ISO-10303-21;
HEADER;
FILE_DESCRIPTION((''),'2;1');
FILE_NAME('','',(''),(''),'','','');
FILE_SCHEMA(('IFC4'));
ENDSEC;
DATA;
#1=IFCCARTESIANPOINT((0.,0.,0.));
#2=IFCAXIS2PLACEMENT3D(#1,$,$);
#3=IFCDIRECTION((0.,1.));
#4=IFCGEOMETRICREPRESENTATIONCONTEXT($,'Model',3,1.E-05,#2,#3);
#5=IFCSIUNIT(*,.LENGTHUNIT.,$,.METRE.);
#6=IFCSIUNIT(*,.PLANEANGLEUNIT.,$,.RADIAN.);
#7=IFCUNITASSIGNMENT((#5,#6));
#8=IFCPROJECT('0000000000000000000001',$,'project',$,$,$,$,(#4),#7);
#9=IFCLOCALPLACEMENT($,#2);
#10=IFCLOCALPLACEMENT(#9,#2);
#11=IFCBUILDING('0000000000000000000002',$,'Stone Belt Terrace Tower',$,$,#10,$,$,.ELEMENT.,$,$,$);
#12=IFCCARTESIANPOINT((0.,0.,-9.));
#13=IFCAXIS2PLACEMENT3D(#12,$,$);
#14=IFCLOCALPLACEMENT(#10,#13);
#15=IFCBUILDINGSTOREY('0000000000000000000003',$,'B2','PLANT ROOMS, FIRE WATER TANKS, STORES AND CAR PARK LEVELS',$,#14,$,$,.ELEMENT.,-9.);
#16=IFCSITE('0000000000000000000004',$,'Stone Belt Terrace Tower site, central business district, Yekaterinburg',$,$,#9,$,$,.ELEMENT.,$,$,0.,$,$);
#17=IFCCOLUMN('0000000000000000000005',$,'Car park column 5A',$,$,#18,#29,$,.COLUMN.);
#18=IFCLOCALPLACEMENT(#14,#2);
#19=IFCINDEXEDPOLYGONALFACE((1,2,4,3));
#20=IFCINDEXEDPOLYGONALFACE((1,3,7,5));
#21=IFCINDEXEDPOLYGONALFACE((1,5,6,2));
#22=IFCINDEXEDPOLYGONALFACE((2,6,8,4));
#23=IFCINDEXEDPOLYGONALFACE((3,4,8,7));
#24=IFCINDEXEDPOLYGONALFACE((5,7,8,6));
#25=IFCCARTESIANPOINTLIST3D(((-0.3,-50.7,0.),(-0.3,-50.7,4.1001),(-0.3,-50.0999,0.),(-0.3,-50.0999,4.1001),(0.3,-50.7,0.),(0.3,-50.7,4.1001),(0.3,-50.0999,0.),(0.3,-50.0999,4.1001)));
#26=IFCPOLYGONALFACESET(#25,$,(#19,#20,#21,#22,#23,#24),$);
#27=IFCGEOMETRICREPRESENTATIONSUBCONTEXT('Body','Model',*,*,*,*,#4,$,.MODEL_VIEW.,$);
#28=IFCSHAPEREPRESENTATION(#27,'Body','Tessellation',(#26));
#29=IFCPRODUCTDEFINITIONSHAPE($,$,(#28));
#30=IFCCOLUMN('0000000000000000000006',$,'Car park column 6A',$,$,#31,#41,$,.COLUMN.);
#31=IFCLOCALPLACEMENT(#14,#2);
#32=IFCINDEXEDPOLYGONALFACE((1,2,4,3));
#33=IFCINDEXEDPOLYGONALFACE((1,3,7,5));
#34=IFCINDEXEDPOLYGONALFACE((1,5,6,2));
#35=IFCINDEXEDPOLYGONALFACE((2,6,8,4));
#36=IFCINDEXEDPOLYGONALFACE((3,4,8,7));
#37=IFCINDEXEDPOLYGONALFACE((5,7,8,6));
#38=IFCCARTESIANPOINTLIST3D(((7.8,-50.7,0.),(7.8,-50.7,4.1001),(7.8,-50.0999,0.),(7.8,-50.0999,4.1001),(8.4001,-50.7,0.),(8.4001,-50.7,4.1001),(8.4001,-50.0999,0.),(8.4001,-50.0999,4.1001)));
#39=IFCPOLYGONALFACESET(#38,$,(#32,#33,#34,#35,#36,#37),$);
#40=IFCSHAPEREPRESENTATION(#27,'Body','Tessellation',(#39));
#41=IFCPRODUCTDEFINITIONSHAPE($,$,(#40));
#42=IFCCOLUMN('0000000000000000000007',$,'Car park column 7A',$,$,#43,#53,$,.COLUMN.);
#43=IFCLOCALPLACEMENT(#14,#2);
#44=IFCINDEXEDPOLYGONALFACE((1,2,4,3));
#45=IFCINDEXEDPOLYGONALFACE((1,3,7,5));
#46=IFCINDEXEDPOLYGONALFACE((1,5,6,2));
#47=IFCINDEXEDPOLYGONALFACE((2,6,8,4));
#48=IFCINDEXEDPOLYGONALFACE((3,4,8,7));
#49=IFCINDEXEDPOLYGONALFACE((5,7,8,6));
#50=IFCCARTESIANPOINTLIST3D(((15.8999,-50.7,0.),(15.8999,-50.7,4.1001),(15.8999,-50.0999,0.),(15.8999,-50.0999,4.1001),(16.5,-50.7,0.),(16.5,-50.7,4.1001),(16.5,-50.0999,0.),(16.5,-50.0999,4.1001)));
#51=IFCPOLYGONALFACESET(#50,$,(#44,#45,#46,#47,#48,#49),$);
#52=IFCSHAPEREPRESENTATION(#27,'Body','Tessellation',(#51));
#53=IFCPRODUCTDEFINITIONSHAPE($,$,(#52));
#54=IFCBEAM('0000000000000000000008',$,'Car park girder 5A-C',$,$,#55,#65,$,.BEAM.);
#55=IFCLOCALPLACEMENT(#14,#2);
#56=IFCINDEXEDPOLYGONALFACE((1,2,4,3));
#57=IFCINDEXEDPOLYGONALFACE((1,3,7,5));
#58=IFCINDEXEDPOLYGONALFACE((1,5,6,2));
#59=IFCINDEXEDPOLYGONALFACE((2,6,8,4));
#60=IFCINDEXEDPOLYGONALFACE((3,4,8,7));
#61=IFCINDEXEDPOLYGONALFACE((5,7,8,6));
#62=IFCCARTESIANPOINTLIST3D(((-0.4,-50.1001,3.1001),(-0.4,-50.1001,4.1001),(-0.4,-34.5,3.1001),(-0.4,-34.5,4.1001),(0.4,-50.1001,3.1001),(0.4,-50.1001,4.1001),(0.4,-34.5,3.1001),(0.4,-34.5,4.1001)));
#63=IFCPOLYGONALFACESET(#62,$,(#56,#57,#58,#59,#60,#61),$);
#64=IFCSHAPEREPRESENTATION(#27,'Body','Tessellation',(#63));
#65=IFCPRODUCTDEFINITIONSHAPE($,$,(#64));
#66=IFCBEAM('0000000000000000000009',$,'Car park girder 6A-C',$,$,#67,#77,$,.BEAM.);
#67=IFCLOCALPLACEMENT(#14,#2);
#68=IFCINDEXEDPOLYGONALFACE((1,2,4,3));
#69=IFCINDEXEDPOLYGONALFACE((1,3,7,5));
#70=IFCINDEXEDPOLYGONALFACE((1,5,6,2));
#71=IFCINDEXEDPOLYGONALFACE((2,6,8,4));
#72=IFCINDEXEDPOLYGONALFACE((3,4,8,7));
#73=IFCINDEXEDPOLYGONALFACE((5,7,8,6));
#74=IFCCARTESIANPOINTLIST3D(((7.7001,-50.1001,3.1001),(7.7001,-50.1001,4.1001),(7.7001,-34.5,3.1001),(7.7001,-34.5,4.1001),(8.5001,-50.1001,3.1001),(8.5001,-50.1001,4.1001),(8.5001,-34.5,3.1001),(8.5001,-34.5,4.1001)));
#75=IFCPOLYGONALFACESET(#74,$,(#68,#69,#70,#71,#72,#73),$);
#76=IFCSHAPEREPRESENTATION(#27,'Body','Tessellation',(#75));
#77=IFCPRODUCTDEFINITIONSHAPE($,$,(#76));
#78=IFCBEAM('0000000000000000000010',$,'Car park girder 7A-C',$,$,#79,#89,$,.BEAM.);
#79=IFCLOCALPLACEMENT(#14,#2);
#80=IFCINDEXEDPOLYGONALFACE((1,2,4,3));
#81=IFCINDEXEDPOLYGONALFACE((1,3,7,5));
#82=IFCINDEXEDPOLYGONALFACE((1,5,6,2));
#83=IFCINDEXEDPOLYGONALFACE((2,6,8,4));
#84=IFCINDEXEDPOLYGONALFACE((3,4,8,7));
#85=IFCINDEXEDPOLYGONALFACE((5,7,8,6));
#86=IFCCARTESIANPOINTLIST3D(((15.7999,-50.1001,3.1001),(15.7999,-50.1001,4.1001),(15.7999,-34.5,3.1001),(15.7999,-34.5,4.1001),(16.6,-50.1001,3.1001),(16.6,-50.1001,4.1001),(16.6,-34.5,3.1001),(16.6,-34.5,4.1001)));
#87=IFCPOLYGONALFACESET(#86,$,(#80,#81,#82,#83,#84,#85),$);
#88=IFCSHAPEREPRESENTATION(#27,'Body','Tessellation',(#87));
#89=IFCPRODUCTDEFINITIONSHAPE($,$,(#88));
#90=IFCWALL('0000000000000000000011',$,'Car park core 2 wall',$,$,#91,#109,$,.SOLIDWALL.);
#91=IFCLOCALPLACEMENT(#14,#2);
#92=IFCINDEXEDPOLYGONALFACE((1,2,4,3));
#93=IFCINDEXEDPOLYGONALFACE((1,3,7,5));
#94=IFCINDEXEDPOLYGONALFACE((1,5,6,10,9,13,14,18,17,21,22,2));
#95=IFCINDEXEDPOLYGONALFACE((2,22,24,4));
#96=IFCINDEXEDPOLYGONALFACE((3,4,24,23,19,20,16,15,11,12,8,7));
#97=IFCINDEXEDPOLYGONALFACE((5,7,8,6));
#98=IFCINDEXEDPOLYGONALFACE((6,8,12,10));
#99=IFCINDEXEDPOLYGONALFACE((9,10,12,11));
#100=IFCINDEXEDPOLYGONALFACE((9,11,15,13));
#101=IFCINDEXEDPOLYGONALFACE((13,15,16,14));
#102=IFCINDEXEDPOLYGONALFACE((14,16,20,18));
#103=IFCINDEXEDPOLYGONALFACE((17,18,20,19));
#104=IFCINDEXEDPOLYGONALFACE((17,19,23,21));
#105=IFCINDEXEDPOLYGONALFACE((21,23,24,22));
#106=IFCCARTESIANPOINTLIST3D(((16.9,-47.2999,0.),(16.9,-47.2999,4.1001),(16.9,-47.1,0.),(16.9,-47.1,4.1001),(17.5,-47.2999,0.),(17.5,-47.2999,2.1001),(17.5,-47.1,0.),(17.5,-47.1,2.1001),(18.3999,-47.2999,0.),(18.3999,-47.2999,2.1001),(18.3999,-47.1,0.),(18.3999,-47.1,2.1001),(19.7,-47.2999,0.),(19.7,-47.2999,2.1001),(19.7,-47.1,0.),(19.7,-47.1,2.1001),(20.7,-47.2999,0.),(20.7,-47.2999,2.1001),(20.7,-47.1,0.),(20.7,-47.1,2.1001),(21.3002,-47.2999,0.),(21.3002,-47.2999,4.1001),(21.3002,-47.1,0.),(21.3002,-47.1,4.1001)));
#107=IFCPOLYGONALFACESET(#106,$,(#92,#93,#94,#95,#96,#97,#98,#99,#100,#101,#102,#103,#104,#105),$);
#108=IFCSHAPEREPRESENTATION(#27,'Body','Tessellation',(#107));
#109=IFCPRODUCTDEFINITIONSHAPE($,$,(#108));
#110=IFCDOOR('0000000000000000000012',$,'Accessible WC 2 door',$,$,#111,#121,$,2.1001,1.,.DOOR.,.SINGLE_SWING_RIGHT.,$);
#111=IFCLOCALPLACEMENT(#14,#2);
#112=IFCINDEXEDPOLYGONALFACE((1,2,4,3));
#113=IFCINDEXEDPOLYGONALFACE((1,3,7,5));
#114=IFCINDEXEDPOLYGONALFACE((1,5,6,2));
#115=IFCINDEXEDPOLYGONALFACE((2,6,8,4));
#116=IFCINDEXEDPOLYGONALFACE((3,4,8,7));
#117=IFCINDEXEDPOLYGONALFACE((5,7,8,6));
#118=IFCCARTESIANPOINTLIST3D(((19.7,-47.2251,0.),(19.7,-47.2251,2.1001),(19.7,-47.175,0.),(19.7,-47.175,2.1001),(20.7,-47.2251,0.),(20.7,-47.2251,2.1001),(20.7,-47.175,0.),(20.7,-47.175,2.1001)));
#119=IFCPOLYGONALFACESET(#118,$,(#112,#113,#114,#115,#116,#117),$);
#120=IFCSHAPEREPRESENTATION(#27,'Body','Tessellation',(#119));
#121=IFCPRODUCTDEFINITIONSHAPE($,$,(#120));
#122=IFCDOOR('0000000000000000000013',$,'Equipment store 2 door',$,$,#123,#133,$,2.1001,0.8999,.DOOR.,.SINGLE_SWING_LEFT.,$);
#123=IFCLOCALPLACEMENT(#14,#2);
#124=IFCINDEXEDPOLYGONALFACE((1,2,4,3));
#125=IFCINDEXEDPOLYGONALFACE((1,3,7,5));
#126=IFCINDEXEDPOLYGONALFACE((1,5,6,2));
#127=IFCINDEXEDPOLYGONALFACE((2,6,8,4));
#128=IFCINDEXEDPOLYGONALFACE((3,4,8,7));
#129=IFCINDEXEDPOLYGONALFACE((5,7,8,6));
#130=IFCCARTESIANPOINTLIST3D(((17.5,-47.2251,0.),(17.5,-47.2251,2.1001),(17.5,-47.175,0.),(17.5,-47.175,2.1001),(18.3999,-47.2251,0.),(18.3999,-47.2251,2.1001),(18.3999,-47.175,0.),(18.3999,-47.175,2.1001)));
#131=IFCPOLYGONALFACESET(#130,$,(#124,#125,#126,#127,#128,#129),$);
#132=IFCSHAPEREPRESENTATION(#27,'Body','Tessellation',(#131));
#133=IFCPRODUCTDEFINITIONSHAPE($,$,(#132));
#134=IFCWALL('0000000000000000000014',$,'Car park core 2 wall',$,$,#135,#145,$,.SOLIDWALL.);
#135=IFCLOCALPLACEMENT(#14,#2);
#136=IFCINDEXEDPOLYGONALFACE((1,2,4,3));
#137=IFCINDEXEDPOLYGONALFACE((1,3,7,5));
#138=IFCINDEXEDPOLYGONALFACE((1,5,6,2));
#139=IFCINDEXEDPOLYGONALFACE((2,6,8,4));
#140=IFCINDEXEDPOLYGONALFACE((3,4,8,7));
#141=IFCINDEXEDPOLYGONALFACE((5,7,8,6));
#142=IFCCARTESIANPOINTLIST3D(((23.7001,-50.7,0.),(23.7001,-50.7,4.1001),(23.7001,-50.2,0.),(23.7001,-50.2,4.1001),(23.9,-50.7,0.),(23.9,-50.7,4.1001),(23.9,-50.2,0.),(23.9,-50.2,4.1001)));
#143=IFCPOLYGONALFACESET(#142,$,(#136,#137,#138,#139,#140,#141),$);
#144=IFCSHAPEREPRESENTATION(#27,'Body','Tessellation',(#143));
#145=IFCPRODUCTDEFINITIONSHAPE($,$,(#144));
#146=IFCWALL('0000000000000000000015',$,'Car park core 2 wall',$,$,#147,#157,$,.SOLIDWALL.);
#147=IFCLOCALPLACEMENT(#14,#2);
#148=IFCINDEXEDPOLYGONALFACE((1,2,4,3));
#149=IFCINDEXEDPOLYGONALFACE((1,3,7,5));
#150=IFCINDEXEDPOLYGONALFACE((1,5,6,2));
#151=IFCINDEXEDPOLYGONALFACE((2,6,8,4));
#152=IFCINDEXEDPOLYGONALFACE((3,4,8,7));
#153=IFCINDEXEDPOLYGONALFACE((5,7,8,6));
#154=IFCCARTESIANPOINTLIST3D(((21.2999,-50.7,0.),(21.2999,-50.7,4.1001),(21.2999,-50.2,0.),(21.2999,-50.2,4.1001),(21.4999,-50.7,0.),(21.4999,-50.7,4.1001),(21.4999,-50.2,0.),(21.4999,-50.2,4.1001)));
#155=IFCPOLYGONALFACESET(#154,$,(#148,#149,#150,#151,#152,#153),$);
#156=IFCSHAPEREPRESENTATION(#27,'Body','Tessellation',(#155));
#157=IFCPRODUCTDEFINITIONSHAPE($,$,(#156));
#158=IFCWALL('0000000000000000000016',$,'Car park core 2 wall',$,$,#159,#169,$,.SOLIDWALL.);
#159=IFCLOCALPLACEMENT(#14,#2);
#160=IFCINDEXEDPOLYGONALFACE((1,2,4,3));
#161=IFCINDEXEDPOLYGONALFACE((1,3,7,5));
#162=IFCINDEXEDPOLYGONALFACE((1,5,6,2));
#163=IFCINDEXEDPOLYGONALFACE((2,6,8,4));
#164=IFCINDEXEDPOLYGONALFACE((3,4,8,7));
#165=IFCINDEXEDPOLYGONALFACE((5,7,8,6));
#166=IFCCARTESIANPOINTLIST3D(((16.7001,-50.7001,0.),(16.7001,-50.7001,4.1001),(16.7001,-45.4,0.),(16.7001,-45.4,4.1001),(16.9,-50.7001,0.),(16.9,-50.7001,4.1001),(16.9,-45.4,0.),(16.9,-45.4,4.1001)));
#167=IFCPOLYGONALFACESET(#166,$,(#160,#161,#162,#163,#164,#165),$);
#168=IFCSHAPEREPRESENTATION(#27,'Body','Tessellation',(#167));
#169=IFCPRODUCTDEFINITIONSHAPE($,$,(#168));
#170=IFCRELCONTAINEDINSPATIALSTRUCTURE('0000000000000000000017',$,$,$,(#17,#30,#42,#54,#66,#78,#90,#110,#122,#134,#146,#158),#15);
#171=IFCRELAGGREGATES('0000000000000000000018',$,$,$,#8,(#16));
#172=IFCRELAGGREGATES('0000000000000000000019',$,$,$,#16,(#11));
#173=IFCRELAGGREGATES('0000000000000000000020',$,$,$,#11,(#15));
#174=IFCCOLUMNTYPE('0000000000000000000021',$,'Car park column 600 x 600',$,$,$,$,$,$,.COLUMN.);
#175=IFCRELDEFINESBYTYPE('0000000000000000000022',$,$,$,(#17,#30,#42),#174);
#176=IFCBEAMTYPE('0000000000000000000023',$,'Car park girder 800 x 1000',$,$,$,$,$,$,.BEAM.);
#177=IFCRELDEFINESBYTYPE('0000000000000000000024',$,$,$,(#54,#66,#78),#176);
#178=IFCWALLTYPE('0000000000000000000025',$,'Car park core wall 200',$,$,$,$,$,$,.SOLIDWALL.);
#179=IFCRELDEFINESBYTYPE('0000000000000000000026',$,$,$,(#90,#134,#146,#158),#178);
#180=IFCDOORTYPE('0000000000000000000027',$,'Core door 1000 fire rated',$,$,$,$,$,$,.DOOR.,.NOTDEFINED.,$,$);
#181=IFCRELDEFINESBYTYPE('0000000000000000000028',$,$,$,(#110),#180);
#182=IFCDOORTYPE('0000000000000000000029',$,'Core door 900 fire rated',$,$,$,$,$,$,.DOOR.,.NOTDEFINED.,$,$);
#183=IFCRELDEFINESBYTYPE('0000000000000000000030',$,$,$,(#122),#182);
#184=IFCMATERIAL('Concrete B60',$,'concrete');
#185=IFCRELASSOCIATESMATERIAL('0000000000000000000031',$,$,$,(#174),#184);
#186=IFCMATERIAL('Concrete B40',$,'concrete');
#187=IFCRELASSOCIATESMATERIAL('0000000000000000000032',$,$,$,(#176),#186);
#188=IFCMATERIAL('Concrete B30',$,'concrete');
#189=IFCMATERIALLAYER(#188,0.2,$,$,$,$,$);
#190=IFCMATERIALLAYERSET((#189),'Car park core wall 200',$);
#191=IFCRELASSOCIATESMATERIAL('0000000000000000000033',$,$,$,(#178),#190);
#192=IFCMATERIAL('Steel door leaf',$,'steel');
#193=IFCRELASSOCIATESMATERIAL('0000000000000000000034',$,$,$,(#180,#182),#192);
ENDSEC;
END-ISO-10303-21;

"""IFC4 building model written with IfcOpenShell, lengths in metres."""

from ifc_helpers import new_model, si_unit, direction, frame, frame_2d, origin, origin_2d, place, context, subcontext, project, spatial, rectangle, extrude, material, layer, layer_set, material_profile, profile_set, type_object, element, fill, save


model = new_model("IFC4")

# Units and contexts
model_context = context("Model", 3, precision=1e-05, world=origin(), true_north=direction((0.0, 1.0)))
body_context = subcontext(model_context, "Body", "Model", "MODEL_VIEW")
ifc_project = project(units=[si_unit("LENGTHUNIT", "METRE"), si_unit("PLANEANGLEUNIT", "RADIAN")], contexts=[model_context])

# Site, building, storey
site_placement = place(None, origin())
site = spatial("IfcSite", under=ifc_project, at=site_placement, Name="Stone Belt Terrace Tower site, central business district, Yekaterinburg", CompositionType="ELEMENT", RefElevation=0.0)
building_placement = place(site_placement, origin())
building = spatial("IfcBuilding", under=site, at=building_placement, Name="Stone Belt Terrace Tower", CompositionType="ELEMENT")
storey_placement = place(building_placement, frame((0.0, 0.0, -9.0)))
storey = spatial("IfcBuildingStorey", under=building, at=storey_placement, Name="B2", Description="PLANT ROOMS, FIRE WATER TANKS, STORES AND CAR PARK LEVELS", CompositionType="ELEMENT", Elevation=-9.0)

# Columns
ifc_material_1 = material(Name="Concrete B60", Category="concrete")
ifc_material_profile_1 = material_profile(ifc_material_1, rectangle(XDim=0.6001, YDim=0.6001, at=origin_2d()), Name="Car park column 600 x 600")
ifc_profile_set_1 = profile_set([ifc_material_profile_1], Name="Concrete B60")
column_type = type_object("IfcColumnType", Name="Car park column 600 x 600", PredefinedType="COLUMN", material=ifc_profile_set_1)
for number, where, z_axis, x_axis, name in (
    (1, (0.0, -50.3999, 0.0), (0.0, 0.0, 1.0), (1.0, 0.0, 0.0), "Car park column 5A"),
    (2, (8.1001, -50.3999, 0.0), (0.0, 0.0, 1.0), (1.0, 0.0, 0.0), "Car park column 6A"),
    (3, (16.2, -50.3999, 0.0), (0.0, 0.0, 1.0), (1.0, 0.0, 0.0), "Car park column 7A"),
):
    element("IfcColumn", number, at=place(storey_placement, frame(where, z_axis=z_axis, x_axis=x_axis)), inside=storey, type_object=column_type, Name=name, PredefinedType="COLUMN", context=body_context, shape_type="SweptSolid", body=[
        extrude(rectangle(XDim=0.6001, YDim=0.6001, at=origin_2d()), origin(), (0.0, 0.0, 1.0), 4.1001),
    ])

# Beams
ifc_material_2 = material(Name="Concrete B40", Category="concrete")
ifc_material_profile_2 = material_profile(ifc_material_2, rectangle(XDim=0.8, YDim=1.0, at=origin_2d()), Name="Car park girder 800 x 1000")
ifc_profile_set_2 = profile_set([ifc_material_profile_2], Name="Concrete B40")
beam_type = type_object("IfcBeamType", Name="Car park girder 800 x 1000", PredefinedType="BEAM", material=ifc_profile_set_2)
for number, where, z_axis, x_axis, name in (
    (4, (0.0, -50.1001, 3.6001), (0.0, 1.0, 0.0), (-1.0, 0.0, 0.0), "Car park girder 5A-C"),
    (5, (8.1001, -50.1001, 3.6001), (0.0, 1.0, 0.0), (-1.0, 0.0, 0.0), "Car park girder 6A-C"),
    (6, (16.2, -50.1001, 3.6001), (0.0, 1.0, 0.0), (-1.0, 0.0, 0.0), "Car park girder 7A-C"),
):
    element("IfcBeam", number, at=place(storey_placement, frame(where, z_axis=z_axis, x_axis=x_axis)), inside=storey, type_object=beam_type, Name=name, PredefinedType="BEAM", context=body_context, shape_type="SweptSolid", body=[
        extrude(rectangle(XDim=0.8, YDim=1.0, at=origin_2d()), origin(), (0.0, 0.0, 1.0), 15.6001),
    ])

# Wall, openings, doors
ifc_material_3 = material(Name="Concrete B30", Category="concrete")
ifc_layer_1 = layer(ifc_material_3, 0.2)
ifc_layer_set_1 = layer_set([ifc_layer_1], Name="Car park core wall 200")
wall_type_1 = type_object("IfcWallType", Name="Car park core wall 200", PredefinedType="SOLIDWALL", material=ifc_layer_set_1)
wall_1_placement = place(storey_placement, frame((16.8999, -47.2, 0.0), z_axis=(0.0, 0.0, 1.0), x_axis=(1.0, 0.0, 0.0)))
wall_1 = element("IfcWall", 7, at=wall_1_placement, inside=storey, type_object=wall_type_1, Name="Car park core 2 wall", PredefinedType="SOLIDWALL", context=body_context, shape_type="SweptSolid", body=[
    extrude(rectangle(XDim=4.4001, YDim=0.2, at=frame_2d((2.2002, 0.0))), origin(), (0.0, 0.0, 1.0), 4.1001),
])
opening_1_placement = place(wall_1_placement, frame((2.8, 0.0, 0.0)))
opening_1 = element("IfcOpeningElement", 8, at=opening_1_placement, cuts=wall_1, PredefinedType="OPENING", context=body_context, shape_type="SweptSolid", body=[
    extrude(rectangle(XDim=1.0, YDim=2.1001, at=frame_2d((0.5, 1.05))), frame((0.0, 0.1099, 0.0), z_axis=(0.0, -1.0, 0.0), x_axis=(1.0, 0.0, 0.0)), (0.0, 0.0, 1.0), 0.22),
])
opening_2_placement = place(wall_1_placement, frame((0.6001, 0.0, 0.0)))
opening_2 = element("IfcOpeningElement", 9, at=opening_2_placement, cuts=wall_1, PredefinedType="OPENING", context=body_context, shape_type="SweptSolid", body=[
    extrude(rectangle(XDim=0.8999, YDim=2.1001, at=frame_2d((0.45, 1.05))), frame((0.0, 0.1099, 0.0), z_axis=(0.0, -1.0, 0.0), x_axis=(1.0, 0.0, 0.0)), (0.0, 0.0, 1.0), 0.22),
])
ifc_material_4 = material(Name="Steel door leaf", Category="steel")
door_type_1 = type_object("IfcDoorType", Name="Core door 1000 fire rated", OperationType="NOTDEFINED", PredefinedType="DOOR", material=ifc_material_4)
door_1_placement = place(opening_1_placement, origin())
door_1 = element("IfcDoor", 10, at=door_1_placement, inside=storey, type_object=door_type_1, Name="Accessible WC 2 door", OperationType="SINGLE_SWING_RIGHT", OverallHeight=2.1001, OverallWidth=1.0, PredefinedType="DOOR", context=body_context, shape_type="SweptSolid", body=[
    extrude(rectangle(XDim=1.0, YDim=2.1001, at=frame_2d((0.5, 1.05))), frame((0.0, 0.0249, 0.0), z_axis=(0.0, -1.0, 0.0), x_axis=(1.0, 0.0, 0.0)), (0.0, 0.0, 1.0), 0.05),
])
fill(opening_1, door_1)
door_type_2 = type_object("IfcDoorType", Name="Core door 900 fire rated", OperationType="NOTDEFINED", PredefinedType="DOOR", material=ifc_material_4)
door_2_placement = place(opening_2_placement, origin())
door_2 = element("IfcDoor", 11, at=door_2_placement, inside=storey, type_object=door_type_2, Name="Equipment store 2 door", OperationType="SINGLE_SWING_LEFT", OverallHeight=2.1001, OverallWidth=0.8999, PredefinedType="DOOR", context=body_context, shape_type="SweptSolid", body=[
    extrude(rectangle(XDim=0.8999, YDim=2.1001, at=frame_2d((0.45, 1.05))), frame((0.0, 0.0249, 0.0), z_axis=(0.0, -1.0, 0.0), x_axis=(1.0, 0.0, 0.0)), (0.0, 0.0, 1.0), 0.05),
])
fill(opening_2, door_2)

# Walls
for number, where, z_axis, x_axis, name in (
    (12, (23.8, -50.7, 0.0), (0.0, 0.0, 1.0), (0.0, 1.0, 0.0), "Car park core 2 wall"),
    (13, (21.3999, -50.7, 0.0), (0.0, 0.0, 1.0), (0.0, 1.0, 0.0), "Car park core 2 wall"),
):
    element("IfcWall", number, at=place(storey_placement, frame(where, z_axis=z_axis, x_axis=x_axis)), inside=storey, type_object=wall_type_1, Name=name, PredefinedType="SOLIDWALL", context=body_context, shape_type="SweptSolid", body=[
        extrude(rectangle(XDim=0.5, YDim=0.2, at=frame_2d((0.25, 0.0))), origin(), (0.0, 0.0, 1.0), 4.1001),
    ])
wall_2_placement = place(storey_placement, frame((16.8, -50.7, 0.0), z_axis=(0.0, 0.0, 1.0), x_axis=(0.0, 1.0, 0.0)))
element("IfcWall", 14, at=wall_2_placement, inside=storey, type_object=wall_type_1, Name="Car park core 2 wall", PredefinedType="SOLIDWALL", context=body_context, shape_type="SweptSolid", body=[
    extrude(rectangle(XDim=5.3, YDim=0.2, at=frame_2d((2.6499, 0.0))), origin(), (0.0, 0.0, 1.0), 4.1001),
])

save(model, "model.ifc")
